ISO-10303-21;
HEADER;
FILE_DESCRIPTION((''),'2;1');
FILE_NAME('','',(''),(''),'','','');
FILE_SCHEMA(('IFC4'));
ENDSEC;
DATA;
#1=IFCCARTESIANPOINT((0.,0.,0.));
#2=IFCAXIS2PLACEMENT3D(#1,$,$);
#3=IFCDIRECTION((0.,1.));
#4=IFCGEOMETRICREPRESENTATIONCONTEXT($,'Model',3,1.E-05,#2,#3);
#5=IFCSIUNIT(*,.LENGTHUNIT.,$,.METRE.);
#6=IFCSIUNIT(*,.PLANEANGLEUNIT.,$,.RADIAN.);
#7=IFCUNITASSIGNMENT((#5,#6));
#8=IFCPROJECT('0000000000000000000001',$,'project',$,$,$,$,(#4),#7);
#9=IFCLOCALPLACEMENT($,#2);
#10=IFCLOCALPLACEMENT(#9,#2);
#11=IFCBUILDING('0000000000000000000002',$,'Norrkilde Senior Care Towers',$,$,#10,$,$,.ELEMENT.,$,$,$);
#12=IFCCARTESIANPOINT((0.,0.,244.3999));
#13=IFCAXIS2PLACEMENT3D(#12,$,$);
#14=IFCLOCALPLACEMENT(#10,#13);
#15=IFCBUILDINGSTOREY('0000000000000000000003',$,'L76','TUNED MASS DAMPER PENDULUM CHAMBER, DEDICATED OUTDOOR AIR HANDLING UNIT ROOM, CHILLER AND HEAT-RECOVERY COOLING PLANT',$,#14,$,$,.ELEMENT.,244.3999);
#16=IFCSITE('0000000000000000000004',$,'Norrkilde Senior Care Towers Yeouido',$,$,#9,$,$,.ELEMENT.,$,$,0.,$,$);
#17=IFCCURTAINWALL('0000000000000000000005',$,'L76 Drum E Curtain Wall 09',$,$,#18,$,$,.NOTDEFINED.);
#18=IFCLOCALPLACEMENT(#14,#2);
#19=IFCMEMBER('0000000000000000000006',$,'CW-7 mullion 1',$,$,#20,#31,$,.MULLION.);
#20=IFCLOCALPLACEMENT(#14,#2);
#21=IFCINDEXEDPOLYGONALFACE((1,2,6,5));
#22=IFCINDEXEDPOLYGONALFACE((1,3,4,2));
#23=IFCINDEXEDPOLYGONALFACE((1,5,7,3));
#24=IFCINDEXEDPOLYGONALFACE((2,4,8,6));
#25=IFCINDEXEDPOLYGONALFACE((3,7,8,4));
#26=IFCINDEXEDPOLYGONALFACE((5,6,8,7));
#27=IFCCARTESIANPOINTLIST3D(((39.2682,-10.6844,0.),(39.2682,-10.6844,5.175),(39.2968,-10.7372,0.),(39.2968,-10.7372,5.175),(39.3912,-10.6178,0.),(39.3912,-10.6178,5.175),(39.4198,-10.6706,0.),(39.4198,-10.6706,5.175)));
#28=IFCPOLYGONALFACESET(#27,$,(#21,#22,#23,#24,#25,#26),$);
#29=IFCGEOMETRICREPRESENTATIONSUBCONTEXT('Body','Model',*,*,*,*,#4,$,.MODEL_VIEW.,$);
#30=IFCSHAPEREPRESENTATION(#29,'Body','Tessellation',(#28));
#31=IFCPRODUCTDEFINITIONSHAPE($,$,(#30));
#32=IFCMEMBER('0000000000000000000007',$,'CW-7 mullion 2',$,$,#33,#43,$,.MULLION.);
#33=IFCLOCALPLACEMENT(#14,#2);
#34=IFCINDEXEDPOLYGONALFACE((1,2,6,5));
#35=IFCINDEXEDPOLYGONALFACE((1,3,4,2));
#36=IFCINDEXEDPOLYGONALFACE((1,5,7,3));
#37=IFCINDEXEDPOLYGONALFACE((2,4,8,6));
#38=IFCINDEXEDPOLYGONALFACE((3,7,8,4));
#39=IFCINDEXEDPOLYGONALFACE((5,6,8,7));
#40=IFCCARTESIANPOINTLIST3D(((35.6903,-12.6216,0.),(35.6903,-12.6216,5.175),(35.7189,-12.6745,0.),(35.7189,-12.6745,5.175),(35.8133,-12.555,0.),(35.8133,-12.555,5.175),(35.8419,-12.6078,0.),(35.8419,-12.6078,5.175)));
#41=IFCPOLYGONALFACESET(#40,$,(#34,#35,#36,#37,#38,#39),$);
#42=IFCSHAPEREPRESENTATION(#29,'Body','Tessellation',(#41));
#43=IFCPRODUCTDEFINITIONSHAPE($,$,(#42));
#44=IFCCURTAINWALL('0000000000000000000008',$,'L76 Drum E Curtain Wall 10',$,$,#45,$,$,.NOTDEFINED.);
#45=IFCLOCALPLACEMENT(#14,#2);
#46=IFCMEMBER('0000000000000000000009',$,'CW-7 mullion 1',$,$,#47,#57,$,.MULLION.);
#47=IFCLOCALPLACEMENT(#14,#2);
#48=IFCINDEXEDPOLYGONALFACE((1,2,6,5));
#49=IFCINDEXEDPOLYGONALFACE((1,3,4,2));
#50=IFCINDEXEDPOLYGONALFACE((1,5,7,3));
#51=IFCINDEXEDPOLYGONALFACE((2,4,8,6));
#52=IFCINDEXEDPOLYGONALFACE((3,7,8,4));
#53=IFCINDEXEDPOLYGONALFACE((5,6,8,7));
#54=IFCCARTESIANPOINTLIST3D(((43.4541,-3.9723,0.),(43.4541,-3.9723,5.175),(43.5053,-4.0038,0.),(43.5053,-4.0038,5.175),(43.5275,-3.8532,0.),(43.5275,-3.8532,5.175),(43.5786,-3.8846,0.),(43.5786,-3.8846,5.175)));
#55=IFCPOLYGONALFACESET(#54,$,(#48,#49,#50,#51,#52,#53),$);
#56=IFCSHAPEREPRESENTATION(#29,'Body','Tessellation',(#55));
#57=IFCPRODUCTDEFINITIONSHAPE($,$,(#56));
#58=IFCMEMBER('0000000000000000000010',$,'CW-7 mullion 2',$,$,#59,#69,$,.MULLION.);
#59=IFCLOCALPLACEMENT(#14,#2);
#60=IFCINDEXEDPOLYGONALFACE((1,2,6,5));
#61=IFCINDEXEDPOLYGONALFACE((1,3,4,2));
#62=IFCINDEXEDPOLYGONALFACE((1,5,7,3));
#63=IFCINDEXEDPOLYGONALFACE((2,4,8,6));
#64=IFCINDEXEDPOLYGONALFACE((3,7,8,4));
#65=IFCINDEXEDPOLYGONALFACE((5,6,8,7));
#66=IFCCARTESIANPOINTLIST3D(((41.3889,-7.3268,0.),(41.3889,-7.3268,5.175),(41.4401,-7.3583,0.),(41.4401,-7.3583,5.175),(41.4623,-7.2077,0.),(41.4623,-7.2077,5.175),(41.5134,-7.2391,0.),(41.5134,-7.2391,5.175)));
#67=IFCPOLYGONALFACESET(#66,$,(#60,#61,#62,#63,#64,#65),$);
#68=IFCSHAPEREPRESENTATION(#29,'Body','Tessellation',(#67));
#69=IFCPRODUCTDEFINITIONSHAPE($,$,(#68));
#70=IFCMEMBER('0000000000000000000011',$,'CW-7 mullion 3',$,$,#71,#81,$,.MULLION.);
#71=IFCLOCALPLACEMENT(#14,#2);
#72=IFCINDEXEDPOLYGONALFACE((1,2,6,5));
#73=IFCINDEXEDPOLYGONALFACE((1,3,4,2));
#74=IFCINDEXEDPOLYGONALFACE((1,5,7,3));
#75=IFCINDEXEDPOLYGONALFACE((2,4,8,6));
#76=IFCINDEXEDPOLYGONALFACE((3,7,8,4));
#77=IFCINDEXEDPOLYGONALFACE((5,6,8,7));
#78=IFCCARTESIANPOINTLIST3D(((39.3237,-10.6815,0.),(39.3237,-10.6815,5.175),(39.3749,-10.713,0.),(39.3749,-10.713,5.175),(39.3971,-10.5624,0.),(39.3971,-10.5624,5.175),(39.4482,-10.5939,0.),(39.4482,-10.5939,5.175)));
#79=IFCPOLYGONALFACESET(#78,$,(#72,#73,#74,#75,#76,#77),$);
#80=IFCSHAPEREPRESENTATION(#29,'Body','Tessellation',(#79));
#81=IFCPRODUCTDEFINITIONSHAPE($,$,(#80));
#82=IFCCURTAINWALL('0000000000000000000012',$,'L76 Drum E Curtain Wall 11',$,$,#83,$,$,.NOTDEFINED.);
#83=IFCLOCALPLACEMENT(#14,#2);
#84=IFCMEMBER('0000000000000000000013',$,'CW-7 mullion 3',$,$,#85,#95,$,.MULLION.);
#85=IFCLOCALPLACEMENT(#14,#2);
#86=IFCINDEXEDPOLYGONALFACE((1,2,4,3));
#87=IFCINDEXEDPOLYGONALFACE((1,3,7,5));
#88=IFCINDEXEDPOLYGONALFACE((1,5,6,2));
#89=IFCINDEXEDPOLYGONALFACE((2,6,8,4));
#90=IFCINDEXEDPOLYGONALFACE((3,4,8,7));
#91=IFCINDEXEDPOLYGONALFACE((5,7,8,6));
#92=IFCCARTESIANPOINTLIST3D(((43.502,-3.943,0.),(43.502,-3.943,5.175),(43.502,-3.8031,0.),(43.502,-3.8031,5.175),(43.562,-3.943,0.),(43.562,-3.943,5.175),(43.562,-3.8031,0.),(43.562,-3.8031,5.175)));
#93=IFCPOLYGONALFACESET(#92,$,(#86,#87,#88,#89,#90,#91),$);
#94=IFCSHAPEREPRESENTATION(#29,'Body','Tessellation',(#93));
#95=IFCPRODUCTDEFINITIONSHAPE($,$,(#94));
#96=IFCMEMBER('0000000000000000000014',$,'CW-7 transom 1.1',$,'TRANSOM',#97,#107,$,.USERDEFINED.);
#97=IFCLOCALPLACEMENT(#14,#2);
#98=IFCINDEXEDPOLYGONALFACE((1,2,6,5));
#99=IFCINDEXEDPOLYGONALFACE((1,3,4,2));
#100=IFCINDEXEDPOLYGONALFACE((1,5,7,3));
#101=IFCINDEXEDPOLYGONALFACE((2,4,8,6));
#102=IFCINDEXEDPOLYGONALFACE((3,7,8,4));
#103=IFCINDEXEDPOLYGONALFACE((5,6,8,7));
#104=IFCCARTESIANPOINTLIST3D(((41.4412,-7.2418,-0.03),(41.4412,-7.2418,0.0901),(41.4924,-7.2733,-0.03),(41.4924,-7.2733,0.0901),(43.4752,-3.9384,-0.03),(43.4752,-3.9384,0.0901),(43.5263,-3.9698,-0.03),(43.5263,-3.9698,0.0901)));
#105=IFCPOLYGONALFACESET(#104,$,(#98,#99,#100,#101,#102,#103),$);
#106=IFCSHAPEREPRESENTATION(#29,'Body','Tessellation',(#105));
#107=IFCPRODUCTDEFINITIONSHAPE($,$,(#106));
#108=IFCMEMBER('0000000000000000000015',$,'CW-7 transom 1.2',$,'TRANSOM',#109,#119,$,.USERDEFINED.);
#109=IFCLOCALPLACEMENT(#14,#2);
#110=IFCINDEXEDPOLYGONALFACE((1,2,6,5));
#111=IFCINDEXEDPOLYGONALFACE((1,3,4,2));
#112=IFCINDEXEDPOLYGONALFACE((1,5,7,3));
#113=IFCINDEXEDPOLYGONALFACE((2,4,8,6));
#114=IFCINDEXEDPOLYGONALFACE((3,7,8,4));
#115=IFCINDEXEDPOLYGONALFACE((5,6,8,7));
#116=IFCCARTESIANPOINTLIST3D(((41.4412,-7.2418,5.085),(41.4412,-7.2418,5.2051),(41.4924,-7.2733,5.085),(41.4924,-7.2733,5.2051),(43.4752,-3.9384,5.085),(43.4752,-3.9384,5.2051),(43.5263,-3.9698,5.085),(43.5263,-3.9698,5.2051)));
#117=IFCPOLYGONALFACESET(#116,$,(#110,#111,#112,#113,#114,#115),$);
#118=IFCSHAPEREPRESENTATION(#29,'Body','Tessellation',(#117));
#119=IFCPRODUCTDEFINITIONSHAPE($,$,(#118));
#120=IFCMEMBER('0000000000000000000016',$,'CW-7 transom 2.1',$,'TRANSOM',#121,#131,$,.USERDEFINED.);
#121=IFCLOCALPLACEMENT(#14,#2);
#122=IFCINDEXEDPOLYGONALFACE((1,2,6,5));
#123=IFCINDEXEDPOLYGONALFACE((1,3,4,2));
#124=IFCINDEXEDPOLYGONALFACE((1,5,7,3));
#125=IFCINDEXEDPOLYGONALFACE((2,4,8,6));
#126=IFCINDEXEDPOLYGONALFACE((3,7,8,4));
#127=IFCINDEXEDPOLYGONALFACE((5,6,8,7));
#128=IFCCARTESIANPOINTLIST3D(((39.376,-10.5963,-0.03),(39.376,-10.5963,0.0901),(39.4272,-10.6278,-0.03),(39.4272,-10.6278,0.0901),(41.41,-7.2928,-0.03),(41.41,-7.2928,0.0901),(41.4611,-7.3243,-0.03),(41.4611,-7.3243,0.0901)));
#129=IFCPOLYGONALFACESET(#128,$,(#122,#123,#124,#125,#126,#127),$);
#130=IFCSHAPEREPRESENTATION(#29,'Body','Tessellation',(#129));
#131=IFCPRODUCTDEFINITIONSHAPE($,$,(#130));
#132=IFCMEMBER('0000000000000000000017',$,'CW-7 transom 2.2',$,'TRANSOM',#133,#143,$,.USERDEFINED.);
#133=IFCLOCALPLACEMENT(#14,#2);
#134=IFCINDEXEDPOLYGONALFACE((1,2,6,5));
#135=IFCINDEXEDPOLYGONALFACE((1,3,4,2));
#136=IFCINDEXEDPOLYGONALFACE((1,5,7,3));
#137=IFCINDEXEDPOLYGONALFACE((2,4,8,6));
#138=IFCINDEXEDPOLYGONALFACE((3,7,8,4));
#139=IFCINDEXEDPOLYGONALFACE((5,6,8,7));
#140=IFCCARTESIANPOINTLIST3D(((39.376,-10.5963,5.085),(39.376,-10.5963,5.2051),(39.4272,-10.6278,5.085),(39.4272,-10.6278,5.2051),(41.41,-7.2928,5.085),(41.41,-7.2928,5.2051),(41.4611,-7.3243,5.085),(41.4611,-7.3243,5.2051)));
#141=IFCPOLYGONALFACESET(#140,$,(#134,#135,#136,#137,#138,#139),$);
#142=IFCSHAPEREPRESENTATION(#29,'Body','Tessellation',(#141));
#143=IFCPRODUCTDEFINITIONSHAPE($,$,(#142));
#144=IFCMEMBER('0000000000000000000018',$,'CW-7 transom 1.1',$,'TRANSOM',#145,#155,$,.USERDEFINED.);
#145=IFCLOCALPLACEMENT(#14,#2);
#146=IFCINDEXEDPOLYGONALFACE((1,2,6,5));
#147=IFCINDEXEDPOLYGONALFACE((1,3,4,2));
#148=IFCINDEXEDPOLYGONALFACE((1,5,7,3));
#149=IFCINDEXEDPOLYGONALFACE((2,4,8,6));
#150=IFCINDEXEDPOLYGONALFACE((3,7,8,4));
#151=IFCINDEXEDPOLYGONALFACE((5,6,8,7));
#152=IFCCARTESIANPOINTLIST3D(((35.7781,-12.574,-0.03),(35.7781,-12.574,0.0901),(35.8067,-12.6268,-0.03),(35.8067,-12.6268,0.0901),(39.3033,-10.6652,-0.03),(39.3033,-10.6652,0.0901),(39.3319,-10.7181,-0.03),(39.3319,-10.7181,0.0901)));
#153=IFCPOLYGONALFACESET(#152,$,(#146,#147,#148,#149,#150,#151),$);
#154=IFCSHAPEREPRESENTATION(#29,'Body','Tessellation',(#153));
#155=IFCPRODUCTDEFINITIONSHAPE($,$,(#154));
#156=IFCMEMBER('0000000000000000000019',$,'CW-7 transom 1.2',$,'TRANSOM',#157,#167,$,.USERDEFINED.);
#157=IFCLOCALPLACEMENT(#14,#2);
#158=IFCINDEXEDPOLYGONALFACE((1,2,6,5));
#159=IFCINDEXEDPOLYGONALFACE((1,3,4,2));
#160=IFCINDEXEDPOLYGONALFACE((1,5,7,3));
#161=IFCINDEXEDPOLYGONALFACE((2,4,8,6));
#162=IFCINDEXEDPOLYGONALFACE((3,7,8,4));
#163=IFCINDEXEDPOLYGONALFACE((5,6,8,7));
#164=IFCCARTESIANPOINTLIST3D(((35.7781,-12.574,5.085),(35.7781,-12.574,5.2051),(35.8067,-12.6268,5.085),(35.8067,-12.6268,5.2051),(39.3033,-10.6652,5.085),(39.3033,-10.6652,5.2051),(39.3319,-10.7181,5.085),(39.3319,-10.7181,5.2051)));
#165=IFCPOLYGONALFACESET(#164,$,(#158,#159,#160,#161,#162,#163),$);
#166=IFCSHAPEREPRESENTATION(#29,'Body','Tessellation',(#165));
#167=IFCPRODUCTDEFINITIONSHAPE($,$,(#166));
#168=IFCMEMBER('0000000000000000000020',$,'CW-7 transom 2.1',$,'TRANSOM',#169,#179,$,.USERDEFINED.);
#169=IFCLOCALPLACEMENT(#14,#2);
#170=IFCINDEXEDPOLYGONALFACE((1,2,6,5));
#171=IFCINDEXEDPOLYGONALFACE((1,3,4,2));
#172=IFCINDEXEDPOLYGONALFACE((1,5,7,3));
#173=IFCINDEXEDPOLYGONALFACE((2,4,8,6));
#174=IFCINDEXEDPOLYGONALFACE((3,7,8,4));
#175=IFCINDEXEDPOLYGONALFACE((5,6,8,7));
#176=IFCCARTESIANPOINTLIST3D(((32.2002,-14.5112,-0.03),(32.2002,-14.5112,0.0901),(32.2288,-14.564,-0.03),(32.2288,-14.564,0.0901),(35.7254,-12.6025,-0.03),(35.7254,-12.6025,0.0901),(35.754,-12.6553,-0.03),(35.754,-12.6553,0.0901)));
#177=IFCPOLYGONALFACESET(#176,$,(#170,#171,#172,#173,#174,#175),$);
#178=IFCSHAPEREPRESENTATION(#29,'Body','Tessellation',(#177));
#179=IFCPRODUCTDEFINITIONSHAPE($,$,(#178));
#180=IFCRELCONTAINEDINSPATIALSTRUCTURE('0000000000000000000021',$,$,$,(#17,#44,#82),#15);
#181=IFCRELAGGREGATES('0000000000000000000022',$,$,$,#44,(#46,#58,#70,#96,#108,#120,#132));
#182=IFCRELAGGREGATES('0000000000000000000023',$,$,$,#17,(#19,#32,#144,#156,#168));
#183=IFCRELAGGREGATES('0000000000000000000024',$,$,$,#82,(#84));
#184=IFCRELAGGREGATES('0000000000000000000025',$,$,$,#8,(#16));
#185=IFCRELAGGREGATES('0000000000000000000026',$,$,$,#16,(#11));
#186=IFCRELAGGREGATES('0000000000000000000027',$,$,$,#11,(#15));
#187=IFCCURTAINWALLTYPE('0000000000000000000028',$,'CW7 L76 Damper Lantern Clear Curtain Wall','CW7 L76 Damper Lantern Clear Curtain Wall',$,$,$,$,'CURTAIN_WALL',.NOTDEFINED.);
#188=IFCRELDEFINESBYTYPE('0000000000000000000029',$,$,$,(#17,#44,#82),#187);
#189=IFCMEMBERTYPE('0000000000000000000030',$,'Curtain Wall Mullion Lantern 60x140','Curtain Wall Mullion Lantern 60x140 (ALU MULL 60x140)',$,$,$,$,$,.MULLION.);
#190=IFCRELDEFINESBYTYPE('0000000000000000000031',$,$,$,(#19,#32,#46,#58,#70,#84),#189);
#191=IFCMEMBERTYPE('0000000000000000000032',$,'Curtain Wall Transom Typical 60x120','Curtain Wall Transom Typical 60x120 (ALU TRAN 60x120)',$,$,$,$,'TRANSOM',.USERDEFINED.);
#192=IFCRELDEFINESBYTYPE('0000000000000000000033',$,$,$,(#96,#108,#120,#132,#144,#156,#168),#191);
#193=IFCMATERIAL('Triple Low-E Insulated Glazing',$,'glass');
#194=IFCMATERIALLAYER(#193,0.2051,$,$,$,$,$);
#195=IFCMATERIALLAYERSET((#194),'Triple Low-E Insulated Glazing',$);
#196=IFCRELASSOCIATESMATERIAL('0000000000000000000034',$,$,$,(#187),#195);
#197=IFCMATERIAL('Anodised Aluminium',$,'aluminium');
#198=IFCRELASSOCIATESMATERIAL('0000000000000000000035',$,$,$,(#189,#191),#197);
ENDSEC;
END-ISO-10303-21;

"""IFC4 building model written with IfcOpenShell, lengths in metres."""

from ifc_helpers import new_model, si_unit, direction, frame, origin, origin_2d, place, context, subcontext, project, spatial, rectangle, extrude, source, transform, mapped, material, layer, layer_set, material_profile, profile_set, type_object, type_shapes, element, aggregate, save


model = new_model("IFC4")

# Units and contexts
model_context = context("Model", 3, precision=1e-05, world=origin(), true_north=direction((0.0, 1.0)))
body_context = subcontext(model_context, "Body", "Model", "MODEL_VIEW")
ifc_project = project(units=[si_unit("LENGTHUNIT", "METRE"), si_unit("PLANEANGLEUNIT", "RADIAN")], contexts=[model_context])

# Site, building, storey
site_placement = place(None, origin())
site = spatial("IfcSite", under=ifc_project, at=site_placement, Name="Norrkilde Senior Care Towers Yeouido", CompositionType="ELEMENT", RefElevation=0.0)
building_placement = place(site_placement, origin())
building = spatial("IfcBuilding", under=site, at=building_placement, Name="Norrkilde Senior Care Towers", CompositionType="ELEMENT")
storey_placement = place(building_placement, frame((0.0, 0.0, 244.3999)))
storey = spatial("IfcBuildingStorey", under=building, at=storey_placement, Name="L76", Description="TUNED MASS DAMPER PENDULUM CHAMBER, DEDICATED OUTDOOR AIR HANDLING UNIT ROOM, CHILLER AND HEAT-RECOVERY COOLING PLANT", CompositionType="ELEMENT", Elevation=244.3999)

# Curtain walls, members
ifc_material_1 = material(Name="Triple Low-E Insulated Glazing", Category="glass")
ifc_layer_1 = layer(ifc_material_1, 0.2051)
ifc_layer_set_1 = layer_set([ifc_layer_1], Name="Triple Low-E Insulated Glazing")
curtain_wall_type = type_object("IfcCurtainWallType", Name="CW7 L76 Damper Lantern Clear Curtain Wall", Description="CW7 L76 Damper Lantern Clear Curtain Wall", ElementType="CURTAIN_WALL", PredefinedType="NOTDEFINED", material=ifc_layer_set_1)
curtain_wall_1_placement = place(storey_placement, origin())
curtain_wall_1 = element("IfcCurtainWall", 1, at=curtain_wall_1_placement, inside=storey, type_object=curtain_wall_type, Name="L76 Drum E Curtain Wall 09", PredefinedType="NOTDEFINED")
ifc_material_2 = material(Name="Anodised Aluminium", Category="aluminium")
ifc_material_profile_1 = material_profile(ifc_material_2, rectangle(XDim=0.0601, YDim=0.1399, at=origin_2d()), Name="ALU MULL 60x140")
ifc_profile_set_1 = profile_set([ifc_material_profile_1], Name="Anodised Aluminium")
member_type_1 = type_object("IfcMemberType", Name="Curtain Wall Mullion Lantern 60x140", Description="Curtain Wall Mullion Lantern 60x140 (ALU MULL 60x140)", PredefinedType="MULLION", material=ifc_profile_set_1)
shared_shape_1 = source(origin(), body_context, "Body", "SweptSolid", [
    extrude(rectangle(XDim=0.0601, YDim=0.1399, at=origin_2d()), origin(), (0.0, 0.0, 1.0), 5.175),
])
type_shapes(member_type_1, [shared_shape_1])
member_1_placement = place(storey_placement, frame((39.344, -10.6775, 0.0), z_axis=(0.0, 0.0, 1.0), x_axis=(0.476133, -0.879373, 0.0)))
member_1 = element("IfcMember", 2, at=member_1_placement, type_object=member_type_1, Name="CW-7 mullion 1", PredefinedType="MULLION", context=body_context, shape_type="MappedRepresentation", body=[
    mapped(shared_shape_1, transform((0.0, 0.0, 0.0), x_axis=(1.0, 0.0, 0.0), y_axis=(0.0, 1.0, 0.0), z_axis=(0.0, 0.0, 1.0), scale=1.0)),
])
member_2_placement = place(storey_placement, frame((35.7661, -12.6147, 0.0), z_axis=(0.0, 0.0, 1.0), x_axis=(0.476133, -0.879373, 0.0)))
member_2 = element("IfcMember", 3, at=member_2_placement, type_object=member_type_1, Name="CW-7 mullion 2", PredefinedType="MULLION", context=body_context, shape_type="MappedRepresentation", body=[
    mapped(shared_shape_1, transform((0.0, 0.0, 0.0), x_axis=(1.0, 0.0, 0.0), y_axis=(0.0, 1.0, 0.0), z_axis=(0.0, 0.0, 1.0), scale=1.0)),
])
curtain_wall_2_placement = place(storey_placement, origin())
curtain_wall_2 = element("IfcCurtainWall", 4, at=curtain_wall_2_placement, inside=storey, type_object=curtain_wall_type, Name="L76 Drum E Curtain Wall 10", PredefinedType="NOTDEFINED")
member_3_placement = place(storey_placement, frame((43.5164, -3.9285, 0.0), z_axis=(0.0, 0.0, 1.0), x_axis=(0.851563, -0.524253, 0.0)))
member_3 = element("IfcMember", 5, at=member_3_placement, type_object=member_type_1, Name="CW-7 mullion 1", PredefinedType="MULLION", context=body_context, shape_type="MappedRepresentation", body=[
    mapped(shared_shape_1, transform((0.0, 0.0, 0.0), x_axis=(1.0, 0.0, 0.0), y_axis=(0.0, 1.0, 0.0), z_axis=(0.0, 0.0, 1.0), scale=1.0)),
])
member_4_placement = place(storey_placement, frame((41.4512, -7.283, 0.0), z_axis=(0.0, 0.0, 1.0), x_axis=(0.851563, -0.524253, 0.0)))
member_4 = element("IfcMember", 6, at=member_4_placement, type_object=member_type_1, Name="CW-7 mullion 2", PredefinedType="MULLION", context=body_context, shape_type="MappedRepresentation", body=[
    mapped(shared_shape_1, transform((0.0, 0.0, 0.0), x_axis=(1.0, 0.0, 0.0), y_axis=(0.0, 1.0, 0.0), z_axis=(0.0, 0.0, 1.0), scale=1.0)),
])
member_5_placement = place(storey_placement, frame((39.386, -10.6377, 0.0), z_axis=(0.0, 0.0, 1.0), x_axis=(0.851563, -0.524253, 0.0)))
member_5 = element("IfcMember", 7, at=member_5_placement, type_object=member_type_1, Name="CW-7 mullion 3", PredefinedType="MULLION", context=body_context, shape_type="MappedRepresentation", body=[
    mapped(shared_shape_1, transform((0.0, 0.0, 0.0), x_axis=(1.0, 0.0, 0.0), y_axis=(0.0, 1.0, 0.0), z_axis=(0.0, 0.0, 1.0), scale=1.0)),
])

# Curtain wall, member
curtain_wall_3_placement = place(storey_placement, origin())
curtain_wall_3 = element("IfcCurtainWall", 8, at=curtain_wall_3_placement, inside=storey, type_object=curtain_wall_type, Name="L76 Drum E Curtain Wall 11", PredefinedType="NOTDEFINED")
member_6_placement = place(storey_placement, frame((43.532, -3.873, 0.0), z_axis=(0.0, 0.0, 1.0), x_axis=(1.0, 0.0, 0.0)))
member_6 = element("IfcMember", 9, at=member_6_placement, type_object=member_type_1, Name="CW-7 mullion 3", PredefinedType="MULLION", context=body_context, shape_type="MappedRepresentation", body=[
    mapped(shared_shape_1, transform((0.0, 0.0, 0.0), x_axis=(1.0, 0.0, 0.0), y_axis=(0.0, 1.0, 0.0), z_axis=(0.0, 0.0, 1.0), scale=1.0)),
])

# Members
ifc_material_profile_2 = material_profile(ifc_material_2, rectangle(XDim=0.0601, YDim=0.1201, at=origin_2d()), Name="ALU TRAN 60x120")
ifc_profile_set_2 = profile_set([ifc_material_profile_2], Name="Anodised Aluminium")
member_type_2 = type_object("IfcMemberType", Name="Curtain Wall Transom Typical 60x120", Description="Curtain Wall Transom Typical 60x120 (ALU TRAN 60x120)", ElementType="TRANSOM", PredefinedType="USERDEFINED", material=ifc_profile_set_2)
shared_shape_2 = source(origin(), body_context, "Body", "SweptSolid", [
    extrude(rectangle(XDim=0.0601, YDim=0.1201, at=origin_2d()), origin(), (0.0, 0.0, 1.0), 3.8794),
])
member_7_placement = place(storey_placement, frame((43.5007, -3.9541, 0.03), z_axis=(-0.524291, -0.851539, 0.0), x_axis=(0.851539, -0.524291, 0.0)))
member_7 = element("IfcMember", 10, at=member_7_placement, type_object=member_type_2, Name="CW-7 transom 1.1", ObjectType="TRANSOM", PredefinedType="USERDEFINED", context=body_context, shape_type="MappedRepresentation", body=[
    mapped(shared_shape_2, transform((0.0, 0.0, 0.0), x_axis=(1.0, 0.0, 0.0), y_axis=(0.0, 1.0, 0.0), z_axis=(0.0, 0.0, 1.0), scale=1.0)),
])
member_8_placement = place(storey_placement, frame((43.5007, -3.9541, 5.145), z_axis=(-0.524291, -0.851539, 0.0), x_axis=(0.851539, -0.524291, 0.0)))
member_8 = element("IfcMember", 11, at=member_8_placement, type_object=member_type_2, Name="CW-7 transom 1.2", ObjectType="TRANSOM", PredefinedType="USERDEFINED", context=body_context, shape_type="MappedRepresentation", body=[
    mapped(shared_shape_2, transform((0.0, 0.0, 0.0), x_axis=(1.0, 0.0, 0.0), y_axis=(0.0, 1.0, 0.0), z_axis=(0.0, 0.0, 1.0), scale=1.0)),
])
member_9_placement = place(storey_placement, frame((41.4355, -7.3086, 0.03), z_axis=(-0.524291, -0.851539, 0.0), x_axis=(0.851539, -0.524291, 0.0)))
member_9 = element("IfcMember", 12, at=member_9_placement, type_object=member_type_2, Name="CW-7 transom 2.1", ObjectType="TRANSOM", PredefinedType="USERDEFINED", context=body_context, shape_type="MappedRepresentation", body=[
    mapped(shared_shape_2, transform((0.0, 0.0, 0.0), x_axis=(1.0, 0.0, 0.0), y_axis=(0.0, 1.0, 0.0), z_axis=(0.0, 0.0, 1.0), scale=1.0)),
])
member_10_placement = place(storey_placement, frame((41.4355, -7.3086, 5.145), z_axis=(-0.524291, -0.851539, 0.0), x_axis=(0.851539, -0.524291, 0.0)))
member_10 = element("IfcMember", 13, at=member_10_placement, type_object=member_type_2, Name="CW-7 transom 2.2", ObjectType="TRANSOM", PredefinedType="USERDEFINED", context=body_context, shape_type="MappedRepresentation", body=[
    mapped(shared_shape_2, transform((0.0, 0.0, 0.0), x_axis=(1.0, 0.0, 0.0), y_axis=(0.0, 1.0, 0.0), z_axis=(0.0, 0.0, 1.0), scale=1.0)),
])
shared_shape_3 = source(origin(), body_context, "Body", "SweptSolid", [
    extrude(rectangle(XDim=0.0601, YDim=0.1201, at=origin_2d()), origin(), (0.0, 0.0, 1.0), 4.0088),
])
type_shapes(member_type_2, [shared_shape_2, shared_shape_3])
member_11_placement = place(storey_placement, frame((39.3176, -10.6917, 0.03), z_axis=(-0.879372, -0.476136, 0.0), x_axis=(0.476136, -0.879372, 0.0)))
member_11 = element("IfcMember", 14, at=member_11_placement, type_object=member_type_2, Name="CW-7 transom 1.1", ObjectType="TRANSOM", PredefinedType="USERDEFINED", context=body_context, shape_type="MappedRepresentation", body=[
    mapped(shared_shape_3, transform((0.0, 0.0, 0.0), x_axis=(1.0, 0.0, 0.0), y_axis=(0.0, 1.0, 0.0), z_axis=(0.0, 0.0, 1.0), scale=1.0)),
])
member_12_placement = place(storey_placement, frame((39.3176, -10.6917, 5.145), z_axis=(-0.879372, -0.476136, 0.0), x_axis=(0.476136, -0.879372, 0.0)))
member_12 = element("IfcMember", 15, at=member_12_placement, type_object=member_type_2, Name="CW-7 transom 1.2", ObjectType="TRANSOM", PredefinedType="USERDEFINED", context=body_context, shape_type="MappedRepresentation", body=[
    mapped(shared_shape_3, transform((0.0, 0.0, 0.0), x_axis=(1.0, 0.0, 0.0), y_axis=(0.0, 1.0, 0.0), z_axis=(0.0, 0.0, 1.0), scale=1.0)),
])
member_13_placement = place(storey_placement, frame((35.7397, -12.6289, 0.03), z_axis=(-0.879372, -0.476136, 0.0), x_axis=(0.476136, -0.879372, 0.0)))
member_13 = element("IfcMember", 16, at=member_13_placement, type_object=member_type_2, Name="CW-7 transom 2.1", ObjectType="TRANSOM", PredefinedType="USERDEFINED", context=body_context, shape_type="MappedRepresentation", body=[
    mapped(shared_shape_3, transform((0.0, 0.0, 0.0), x_axis=(1.0, 0.0, 0.0), y_axis=(0.0, 1.0, 0.0), z_axis=(0.0, 0.0, 1.0), scale=1.0)),
])

aggregate(curtain_wall_2, [member_3, member_4, member_5, member_7, member_8, member_9, member_10])
aggregate(curtain_wall_1, [member_1, member_2, member_11, member_12, member_13])
aggregate(curtain_wall_3, [member_6])

save(model, "model.ifc")
